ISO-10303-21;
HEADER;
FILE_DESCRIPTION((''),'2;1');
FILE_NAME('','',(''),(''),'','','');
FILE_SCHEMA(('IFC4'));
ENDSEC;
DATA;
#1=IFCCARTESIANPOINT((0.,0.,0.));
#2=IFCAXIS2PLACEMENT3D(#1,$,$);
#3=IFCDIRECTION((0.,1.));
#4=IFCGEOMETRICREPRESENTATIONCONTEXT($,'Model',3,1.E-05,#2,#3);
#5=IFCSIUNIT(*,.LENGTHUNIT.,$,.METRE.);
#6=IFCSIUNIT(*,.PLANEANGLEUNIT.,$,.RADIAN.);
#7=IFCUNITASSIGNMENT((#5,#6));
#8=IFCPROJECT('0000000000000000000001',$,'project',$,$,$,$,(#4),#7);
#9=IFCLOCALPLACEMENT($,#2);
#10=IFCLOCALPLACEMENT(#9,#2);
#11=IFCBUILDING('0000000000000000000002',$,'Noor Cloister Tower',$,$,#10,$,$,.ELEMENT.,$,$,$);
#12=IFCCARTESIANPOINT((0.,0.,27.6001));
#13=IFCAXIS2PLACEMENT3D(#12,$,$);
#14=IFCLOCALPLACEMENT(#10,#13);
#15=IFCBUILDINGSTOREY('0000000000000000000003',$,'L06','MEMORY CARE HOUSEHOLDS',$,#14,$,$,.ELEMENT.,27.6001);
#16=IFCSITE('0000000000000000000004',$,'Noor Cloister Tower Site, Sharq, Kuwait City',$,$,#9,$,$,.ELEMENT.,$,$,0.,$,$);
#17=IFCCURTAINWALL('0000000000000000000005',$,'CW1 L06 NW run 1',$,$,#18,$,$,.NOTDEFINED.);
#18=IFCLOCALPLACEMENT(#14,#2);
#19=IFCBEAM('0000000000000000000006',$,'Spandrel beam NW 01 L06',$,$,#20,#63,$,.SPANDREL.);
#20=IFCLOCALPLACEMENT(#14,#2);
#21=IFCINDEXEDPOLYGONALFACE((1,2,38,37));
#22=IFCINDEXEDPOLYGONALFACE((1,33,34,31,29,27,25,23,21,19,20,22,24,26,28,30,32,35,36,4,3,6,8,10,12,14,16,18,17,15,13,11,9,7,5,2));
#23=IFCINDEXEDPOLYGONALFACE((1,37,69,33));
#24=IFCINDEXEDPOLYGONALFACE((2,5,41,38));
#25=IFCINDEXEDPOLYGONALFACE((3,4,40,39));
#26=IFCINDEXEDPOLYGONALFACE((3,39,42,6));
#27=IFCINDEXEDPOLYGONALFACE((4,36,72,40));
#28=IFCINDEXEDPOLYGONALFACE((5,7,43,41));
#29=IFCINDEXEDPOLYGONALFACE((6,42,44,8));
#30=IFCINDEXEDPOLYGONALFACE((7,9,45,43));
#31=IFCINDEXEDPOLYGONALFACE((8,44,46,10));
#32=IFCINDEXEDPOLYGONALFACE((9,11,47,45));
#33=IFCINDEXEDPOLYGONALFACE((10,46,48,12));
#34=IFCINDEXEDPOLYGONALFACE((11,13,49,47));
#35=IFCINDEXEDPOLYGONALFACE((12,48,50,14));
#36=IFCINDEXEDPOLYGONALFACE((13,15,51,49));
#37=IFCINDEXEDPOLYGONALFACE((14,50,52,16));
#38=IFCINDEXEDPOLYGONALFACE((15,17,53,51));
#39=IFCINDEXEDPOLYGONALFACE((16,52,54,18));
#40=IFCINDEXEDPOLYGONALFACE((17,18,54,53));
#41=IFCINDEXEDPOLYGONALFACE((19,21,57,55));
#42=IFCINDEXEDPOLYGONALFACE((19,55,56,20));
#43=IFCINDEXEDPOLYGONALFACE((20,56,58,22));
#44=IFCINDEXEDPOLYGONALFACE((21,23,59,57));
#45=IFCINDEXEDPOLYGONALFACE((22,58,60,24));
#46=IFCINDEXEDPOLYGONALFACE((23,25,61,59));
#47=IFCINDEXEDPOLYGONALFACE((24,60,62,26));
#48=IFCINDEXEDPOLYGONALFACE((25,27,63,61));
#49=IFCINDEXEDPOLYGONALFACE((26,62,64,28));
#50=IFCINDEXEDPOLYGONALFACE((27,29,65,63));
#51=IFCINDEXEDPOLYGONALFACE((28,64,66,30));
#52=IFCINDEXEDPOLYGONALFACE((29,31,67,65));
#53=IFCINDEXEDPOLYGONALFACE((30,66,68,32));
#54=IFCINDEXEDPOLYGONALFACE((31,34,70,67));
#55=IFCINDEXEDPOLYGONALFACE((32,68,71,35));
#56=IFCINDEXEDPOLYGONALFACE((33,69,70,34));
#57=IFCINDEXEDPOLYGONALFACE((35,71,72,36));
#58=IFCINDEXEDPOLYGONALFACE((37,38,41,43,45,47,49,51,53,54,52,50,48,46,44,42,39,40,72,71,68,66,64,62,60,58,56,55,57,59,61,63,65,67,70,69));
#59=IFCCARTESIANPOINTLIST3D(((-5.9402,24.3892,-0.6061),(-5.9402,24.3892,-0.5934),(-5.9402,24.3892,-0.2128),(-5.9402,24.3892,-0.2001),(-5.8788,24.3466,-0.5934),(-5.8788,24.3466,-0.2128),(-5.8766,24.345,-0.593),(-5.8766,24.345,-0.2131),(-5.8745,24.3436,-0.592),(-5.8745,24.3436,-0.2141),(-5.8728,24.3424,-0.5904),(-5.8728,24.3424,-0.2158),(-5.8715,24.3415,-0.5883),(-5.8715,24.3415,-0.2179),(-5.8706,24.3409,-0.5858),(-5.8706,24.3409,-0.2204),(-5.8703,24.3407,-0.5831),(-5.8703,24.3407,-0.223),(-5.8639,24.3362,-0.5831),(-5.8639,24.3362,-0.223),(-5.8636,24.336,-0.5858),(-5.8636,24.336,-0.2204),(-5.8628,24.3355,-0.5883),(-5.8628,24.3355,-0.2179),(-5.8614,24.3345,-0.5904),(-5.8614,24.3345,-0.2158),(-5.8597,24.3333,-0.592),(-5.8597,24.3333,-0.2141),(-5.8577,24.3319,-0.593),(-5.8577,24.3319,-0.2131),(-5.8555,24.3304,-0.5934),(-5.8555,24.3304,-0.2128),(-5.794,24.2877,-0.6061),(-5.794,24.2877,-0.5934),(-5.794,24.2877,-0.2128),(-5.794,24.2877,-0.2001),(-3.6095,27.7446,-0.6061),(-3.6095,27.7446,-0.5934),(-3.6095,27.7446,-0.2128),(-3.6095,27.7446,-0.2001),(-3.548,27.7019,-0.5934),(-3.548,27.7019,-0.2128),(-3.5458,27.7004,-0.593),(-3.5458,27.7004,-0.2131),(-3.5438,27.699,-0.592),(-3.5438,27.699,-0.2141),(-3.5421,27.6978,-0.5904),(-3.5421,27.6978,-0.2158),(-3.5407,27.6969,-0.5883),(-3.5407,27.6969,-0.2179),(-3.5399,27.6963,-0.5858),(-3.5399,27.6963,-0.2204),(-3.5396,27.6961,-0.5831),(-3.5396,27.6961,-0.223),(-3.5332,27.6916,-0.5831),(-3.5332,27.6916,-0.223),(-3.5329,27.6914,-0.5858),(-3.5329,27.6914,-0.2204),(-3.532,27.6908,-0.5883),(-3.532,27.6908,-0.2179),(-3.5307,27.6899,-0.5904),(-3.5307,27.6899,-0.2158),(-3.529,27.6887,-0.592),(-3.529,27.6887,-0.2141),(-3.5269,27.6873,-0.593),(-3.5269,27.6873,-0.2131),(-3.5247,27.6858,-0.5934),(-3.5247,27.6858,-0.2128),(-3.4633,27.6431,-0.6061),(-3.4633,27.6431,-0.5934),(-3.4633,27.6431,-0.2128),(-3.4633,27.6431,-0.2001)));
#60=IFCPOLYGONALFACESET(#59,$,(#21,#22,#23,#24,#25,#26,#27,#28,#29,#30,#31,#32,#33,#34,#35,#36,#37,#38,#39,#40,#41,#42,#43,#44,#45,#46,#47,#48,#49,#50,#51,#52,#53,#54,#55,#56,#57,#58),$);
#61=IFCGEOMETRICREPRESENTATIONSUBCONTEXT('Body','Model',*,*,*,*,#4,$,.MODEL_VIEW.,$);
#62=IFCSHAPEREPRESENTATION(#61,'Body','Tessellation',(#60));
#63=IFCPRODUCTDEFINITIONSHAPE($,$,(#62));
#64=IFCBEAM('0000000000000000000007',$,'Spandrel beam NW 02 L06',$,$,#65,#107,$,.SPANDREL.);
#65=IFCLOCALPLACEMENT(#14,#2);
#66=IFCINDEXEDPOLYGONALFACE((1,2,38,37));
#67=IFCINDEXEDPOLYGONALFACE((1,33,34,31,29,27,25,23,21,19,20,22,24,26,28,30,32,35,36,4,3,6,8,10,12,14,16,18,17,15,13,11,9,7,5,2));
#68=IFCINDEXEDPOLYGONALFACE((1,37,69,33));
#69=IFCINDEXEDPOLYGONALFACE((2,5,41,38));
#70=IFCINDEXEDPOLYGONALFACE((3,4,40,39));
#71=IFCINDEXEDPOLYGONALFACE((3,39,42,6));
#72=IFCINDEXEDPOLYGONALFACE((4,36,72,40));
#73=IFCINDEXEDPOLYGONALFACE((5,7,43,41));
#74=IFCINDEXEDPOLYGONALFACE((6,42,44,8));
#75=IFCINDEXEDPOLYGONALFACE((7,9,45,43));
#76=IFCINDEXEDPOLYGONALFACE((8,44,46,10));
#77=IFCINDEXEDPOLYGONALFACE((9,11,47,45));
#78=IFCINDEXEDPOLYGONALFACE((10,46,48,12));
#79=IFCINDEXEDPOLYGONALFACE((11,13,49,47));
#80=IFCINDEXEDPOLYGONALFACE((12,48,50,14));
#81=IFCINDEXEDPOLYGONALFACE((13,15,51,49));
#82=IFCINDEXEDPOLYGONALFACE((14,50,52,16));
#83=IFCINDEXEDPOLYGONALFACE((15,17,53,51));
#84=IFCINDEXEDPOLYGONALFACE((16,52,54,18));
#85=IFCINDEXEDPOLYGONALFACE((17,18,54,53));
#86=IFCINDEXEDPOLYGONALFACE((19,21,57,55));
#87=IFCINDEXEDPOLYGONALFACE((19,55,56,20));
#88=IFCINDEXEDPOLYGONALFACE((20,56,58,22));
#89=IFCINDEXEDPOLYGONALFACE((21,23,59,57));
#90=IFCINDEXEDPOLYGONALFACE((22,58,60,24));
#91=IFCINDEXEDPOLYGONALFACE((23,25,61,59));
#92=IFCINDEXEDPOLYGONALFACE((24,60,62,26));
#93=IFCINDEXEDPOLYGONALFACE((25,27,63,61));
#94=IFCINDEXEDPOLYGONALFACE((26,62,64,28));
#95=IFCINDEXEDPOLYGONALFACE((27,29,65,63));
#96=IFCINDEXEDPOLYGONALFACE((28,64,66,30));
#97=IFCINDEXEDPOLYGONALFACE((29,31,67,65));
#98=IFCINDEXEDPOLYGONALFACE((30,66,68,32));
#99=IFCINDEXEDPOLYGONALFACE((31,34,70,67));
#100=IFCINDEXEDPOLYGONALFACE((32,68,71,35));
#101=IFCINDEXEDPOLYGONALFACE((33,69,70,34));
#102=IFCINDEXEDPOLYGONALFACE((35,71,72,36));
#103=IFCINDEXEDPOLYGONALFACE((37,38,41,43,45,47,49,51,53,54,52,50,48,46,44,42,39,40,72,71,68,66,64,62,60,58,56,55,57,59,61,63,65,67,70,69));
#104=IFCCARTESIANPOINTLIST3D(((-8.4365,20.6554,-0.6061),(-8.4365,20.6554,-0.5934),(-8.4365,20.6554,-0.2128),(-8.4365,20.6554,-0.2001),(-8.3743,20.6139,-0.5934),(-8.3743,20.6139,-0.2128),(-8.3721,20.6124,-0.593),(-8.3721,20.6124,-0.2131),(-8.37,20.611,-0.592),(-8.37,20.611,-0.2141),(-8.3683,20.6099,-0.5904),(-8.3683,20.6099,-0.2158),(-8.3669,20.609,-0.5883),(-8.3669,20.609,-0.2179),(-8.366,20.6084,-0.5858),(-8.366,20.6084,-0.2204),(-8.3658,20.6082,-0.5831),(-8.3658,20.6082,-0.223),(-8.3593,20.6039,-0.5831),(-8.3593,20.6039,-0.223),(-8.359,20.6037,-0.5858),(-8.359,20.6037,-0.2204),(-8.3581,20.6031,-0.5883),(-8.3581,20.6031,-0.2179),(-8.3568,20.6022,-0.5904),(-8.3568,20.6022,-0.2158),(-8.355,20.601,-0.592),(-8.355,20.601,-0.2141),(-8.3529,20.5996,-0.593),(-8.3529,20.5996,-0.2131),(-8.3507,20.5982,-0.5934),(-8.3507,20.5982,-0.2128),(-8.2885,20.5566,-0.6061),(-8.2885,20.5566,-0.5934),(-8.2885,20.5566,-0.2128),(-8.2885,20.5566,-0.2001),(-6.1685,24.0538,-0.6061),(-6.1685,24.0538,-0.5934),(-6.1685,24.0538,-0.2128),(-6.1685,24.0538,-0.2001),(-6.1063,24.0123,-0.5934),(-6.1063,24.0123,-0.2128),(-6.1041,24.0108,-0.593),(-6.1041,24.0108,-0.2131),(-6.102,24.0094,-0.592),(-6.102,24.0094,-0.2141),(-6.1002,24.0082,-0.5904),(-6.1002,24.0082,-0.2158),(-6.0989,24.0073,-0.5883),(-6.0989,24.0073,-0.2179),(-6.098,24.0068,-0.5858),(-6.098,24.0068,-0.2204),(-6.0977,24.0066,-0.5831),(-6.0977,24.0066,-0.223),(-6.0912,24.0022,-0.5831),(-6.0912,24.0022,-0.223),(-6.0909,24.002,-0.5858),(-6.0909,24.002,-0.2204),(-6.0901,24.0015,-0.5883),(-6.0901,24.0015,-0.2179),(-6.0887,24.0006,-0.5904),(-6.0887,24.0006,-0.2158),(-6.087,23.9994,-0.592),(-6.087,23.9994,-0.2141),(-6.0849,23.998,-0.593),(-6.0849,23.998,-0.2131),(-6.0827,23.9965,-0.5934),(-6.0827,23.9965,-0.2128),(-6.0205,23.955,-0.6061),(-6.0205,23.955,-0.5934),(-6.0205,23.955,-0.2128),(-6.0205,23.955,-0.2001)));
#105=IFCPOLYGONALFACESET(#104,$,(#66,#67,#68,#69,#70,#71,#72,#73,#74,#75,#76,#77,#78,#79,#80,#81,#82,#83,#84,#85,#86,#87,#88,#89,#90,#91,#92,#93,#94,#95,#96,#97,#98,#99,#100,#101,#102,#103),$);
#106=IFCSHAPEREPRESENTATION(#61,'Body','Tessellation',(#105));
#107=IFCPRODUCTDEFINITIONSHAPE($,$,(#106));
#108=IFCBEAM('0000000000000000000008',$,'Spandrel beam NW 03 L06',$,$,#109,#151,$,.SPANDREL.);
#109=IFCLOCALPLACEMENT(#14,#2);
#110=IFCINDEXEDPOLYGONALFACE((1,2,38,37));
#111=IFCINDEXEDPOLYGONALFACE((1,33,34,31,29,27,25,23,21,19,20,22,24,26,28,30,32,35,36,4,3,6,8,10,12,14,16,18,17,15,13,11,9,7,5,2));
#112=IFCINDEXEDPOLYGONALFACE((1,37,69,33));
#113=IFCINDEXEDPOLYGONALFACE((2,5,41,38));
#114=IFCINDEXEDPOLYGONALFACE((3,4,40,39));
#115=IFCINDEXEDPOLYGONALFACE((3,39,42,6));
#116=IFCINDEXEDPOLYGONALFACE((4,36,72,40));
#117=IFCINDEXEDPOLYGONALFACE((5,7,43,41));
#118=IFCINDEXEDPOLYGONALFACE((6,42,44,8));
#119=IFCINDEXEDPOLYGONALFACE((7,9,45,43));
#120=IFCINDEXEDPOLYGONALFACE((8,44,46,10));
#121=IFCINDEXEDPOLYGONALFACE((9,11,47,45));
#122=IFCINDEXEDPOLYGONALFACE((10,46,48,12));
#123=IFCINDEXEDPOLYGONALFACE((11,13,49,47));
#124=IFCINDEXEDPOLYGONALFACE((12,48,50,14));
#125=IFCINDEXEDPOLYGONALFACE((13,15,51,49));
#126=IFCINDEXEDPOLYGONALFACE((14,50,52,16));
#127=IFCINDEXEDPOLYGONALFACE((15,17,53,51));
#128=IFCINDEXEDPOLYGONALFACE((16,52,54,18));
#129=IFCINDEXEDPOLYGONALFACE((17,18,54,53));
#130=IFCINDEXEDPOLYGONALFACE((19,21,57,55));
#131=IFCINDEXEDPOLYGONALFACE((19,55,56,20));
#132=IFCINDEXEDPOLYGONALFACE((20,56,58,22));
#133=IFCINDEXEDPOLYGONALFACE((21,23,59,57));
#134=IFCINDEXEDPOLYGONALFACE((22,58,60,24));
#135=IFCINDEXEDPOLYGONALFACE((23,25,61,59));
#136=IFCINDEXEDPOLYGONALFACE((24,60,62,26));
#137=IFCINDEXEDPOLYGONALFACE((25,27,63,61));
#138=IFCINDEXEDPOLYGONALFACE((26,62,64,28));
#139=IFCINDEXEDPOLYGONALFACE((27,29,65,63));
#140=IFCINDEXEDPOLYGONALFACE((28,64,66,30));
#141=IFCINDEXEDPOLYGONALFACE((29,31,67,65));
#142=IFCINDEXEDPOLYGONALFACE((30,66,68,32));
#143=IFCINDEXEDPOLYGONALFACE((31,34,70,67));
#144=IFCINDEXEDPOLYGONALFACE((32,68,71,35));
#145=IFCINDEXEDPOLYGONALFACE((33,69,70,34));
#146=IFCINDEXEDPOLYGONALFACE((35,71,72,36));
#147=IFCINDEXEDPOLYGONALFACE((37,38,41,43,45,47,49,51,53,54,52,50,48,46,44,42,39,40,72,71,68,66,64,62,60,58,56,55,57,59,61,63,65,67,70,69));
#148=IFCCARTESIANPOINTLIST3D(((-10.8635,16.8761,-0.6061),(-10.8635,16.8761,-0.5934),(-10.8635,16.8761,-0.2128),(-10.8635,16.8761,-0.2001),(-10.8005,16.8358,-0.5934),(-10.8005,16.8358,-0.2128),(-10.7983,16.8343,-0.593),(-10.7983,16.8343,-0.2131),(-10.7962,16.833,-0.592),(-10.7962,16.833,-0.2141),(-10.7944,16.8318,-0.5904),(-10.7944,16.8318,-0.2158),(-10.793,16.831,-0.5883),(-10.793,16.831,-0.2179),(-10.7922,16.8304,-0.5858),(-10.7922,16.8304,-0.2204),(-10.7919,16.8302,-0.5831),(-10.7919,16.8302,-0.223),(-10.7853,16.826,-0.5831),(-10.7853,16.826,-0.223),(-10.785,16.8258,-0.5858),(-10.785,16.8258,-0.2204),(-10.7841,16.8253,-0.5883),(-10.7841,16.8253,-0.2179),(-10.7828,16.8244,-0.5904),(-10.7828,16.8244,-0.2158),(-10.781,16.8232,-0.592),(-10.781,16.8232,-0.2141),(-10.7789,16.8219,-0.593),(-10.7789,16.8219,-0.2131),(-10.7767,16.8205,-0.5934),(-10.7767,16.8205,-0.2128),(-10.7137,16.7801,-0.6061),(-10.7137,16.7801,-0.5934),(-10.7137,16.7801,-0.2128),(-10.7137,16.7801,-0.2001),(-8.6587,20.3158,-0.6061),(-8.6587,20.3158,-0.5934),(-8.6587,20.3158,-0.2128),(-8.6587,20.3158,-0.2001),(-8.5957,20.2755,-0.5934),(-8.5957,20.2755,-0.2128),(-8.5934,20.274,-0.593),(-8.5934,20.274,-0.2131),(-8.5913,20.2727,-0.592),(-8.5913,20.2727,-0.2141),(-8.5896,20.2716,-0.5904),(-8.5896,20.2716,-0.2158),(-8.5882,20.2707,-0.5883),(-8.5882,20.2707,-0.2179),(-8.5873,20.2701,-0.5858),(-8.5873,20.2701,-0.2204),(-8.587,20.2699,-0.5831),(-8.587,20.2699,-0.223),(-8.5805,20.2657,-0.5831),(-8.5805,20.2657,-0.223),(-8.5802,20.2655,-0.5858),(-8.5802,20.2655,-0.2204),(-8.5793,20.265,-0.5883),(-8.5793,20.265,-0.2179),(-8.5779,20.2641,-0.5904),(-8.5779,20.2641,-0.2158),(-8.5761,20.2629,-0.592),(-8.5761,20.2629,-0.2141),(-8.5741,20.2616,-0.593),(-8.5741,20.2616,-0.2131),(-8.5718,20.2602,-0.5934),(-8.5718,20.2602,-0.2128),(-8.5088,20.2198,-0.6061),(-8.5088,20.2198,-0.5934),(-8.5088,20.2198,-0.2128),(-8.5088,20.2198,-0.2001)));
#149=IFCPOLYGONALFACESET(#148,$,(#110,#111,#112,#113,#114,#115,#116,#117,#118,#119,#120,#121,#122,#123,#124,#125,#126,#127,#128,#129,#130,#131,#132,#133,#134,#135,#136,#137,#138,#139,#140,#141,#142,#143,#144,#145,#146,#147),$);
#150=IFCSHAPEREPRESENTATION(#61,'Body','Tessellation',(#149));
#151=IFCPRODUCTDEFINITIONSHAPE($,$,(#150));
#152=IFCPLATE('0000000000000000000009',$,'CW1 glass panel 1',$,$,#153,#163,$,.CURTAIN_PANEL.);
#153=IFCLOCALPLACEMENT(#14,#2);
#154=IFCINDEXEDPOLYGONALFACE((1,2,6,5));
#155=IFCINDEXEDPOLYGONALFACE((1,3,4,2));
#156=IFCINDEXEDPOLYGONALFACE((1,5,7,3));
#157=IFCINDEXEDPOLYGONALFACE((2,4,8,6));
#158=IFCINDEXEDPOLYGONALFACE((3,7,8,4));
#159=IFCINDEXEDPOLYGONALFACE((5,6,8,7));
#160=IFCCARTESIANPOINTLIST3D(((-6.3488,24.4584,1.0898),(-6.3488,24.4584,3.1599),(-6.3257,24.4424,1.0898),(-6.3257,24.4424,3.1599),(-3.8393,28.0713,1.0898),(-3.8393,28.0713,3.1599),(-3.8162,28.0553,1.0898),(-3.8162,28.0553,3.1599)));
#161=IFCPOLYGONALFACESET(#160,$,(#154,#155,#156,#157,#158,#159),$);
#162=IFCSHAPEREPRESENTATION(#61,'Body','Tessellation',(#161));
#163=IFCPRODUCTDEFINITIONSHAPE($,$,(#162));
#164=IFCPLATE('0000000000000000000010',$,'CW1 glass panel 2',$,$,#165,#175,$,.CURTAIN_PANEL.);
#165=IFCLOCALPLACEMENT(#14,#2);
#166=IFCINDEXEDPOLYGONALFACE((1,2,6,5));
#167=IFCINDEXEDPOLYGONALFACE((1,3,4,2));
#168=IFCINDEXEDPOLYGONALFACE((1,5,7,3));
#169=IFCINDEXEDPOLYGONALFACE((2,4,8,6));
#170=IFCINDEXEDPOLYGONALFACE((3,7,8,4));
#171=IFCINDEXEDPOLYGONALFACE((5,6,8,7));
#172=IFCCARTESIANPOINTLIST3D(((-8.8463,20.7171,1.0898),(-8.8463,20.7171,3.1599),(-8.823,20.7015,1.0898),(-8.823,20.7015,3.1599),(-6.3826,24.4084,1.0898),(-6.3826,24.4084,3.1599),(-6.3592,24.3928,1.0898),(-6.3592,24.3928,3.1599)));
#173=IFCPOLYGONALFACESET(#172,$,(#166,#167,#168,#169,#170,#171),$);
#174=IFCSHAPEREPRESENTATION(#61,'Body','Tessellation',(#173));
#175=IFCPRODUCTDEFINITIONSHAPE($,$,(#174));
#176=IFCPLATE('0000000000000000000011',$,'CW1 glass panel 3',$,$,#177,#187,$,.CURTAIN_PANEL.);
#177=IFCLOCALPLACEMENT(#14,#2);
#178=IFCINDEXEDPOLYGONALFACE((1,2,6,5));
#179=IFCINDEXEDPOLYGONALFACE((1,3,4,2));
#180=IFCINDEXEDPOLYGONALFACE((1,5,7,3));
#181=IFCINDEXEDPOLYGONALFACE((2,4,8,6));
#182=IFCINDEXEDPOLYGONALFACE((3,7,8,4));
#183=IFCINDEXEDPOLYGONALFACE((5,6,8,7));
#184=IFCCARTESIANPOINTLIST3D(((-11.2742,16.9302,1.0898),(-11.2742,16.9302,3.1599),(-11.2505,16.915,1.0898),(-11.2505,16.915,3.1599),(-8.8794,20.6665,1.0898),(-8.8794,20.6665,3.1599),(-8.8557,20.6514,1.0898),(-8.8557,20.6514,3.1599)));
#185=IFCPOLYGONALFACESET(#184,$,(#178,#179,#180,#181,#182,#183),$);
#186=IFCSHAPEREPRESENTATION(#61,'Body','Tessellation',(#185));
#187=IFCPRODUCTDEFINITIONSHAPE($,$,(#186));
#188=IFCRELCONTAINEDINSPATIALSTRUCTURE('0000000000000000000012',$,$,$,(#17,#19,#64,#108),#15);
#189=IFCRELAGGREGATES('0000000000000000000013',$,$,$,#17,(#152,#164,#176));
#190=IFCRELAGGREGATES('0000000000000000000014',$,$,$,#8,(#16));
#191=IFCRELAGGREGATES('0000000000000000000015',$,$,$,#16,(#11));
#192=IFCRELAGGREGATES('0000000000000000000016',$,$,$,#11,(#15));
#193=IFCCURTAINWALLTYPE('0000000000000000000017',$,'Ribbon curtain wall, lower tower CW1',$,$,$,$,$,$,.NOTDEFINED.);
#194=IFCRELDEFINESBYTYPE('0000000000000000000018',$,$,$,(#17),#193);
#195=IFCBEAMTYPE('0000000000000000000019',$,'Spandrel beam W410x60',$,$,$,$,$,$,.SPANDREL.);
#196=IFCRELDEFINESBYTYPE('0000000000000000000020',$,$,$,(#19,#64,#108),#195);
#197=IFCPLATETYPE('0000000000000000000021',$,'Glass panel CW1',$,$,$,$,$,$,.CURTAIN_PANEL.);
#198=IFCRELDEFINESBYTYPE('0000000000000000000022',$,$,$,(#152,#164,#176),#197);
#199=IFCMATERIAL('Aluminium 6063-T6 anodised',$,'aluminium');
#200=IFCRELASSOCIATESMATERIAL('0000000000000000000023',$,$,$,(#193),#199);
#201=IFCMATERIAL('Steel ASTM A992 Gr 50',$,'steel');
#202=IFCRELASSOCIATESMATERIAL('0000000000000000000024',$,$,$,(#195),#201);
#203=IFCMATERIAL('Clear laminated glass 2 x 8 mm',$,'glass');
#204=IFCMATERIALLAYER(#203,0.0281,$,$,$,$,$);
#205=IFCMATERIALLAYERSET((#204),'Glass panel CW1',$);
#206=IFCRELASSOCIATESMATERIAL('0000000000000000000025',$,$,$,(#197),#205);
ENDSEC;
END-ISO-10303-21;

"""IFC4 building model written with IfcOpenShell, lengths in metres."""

from ifc_helpers import new_model, si_unit, direction, frame, origin, origin_2d, place, context, subcontext, project, spatial, rectangle, i_section, extrude, material, layer, layer_set, material_profile, profile_set, type_object, element, aggregate, save


model = new_model("IFC4")

# Units and contexts
model_context = context("Model", 3, precision=1e-05, world=origin(), true_north=direction((0.0, 1.0)))
body_context = subcontext(model_context, "Body", "Model", "MODEL_VIEW")
ifc_project = project(units=[si_unit("LENGTHUNIT", "METRE"), si_unit("PLANEANGLEUNIT", "RADIAN")], contexts=[model_context])

# Site, building, storey
site_placement = place(None, origin())
site = spatial("IfcSite", under=ifc_project, at=site_placement, Name="Noor Cloister Tower Site, Sharq, Kuwait City", CompositionType="ELEMENT", RefElevation=0.0)
building_placement = place(site_placement, origin())
building = spatial("IfcBuilding", under=site, at=building_placement, Name="Noor Cloister Tower", CompositionType="ELEMENT")
storey_placement = place(building_placement, frame((0.0, 0.0, 27.6001)))
storey = spatial("IfcBuildingStorey", under=building, at=storey_placement, Name="L06", Description="MEMORY CARE HOUSEHOLDS", CompositionType="ELEMENT", Elevation=27.6001)

# Curtain wall
ifc_material_1 = material(Name="Aluminium 6063-T6 anodised", Category="aluminium")
curtain_wall_type = type_object("IfcCurtainWallType", Name="Ribbon curtain wall, lower tower CW1", PredefinedType="NOTDEFINED", material=ifc_material_1)
curtain_wall_placement = place(storey_placement, origin())
curtain_wall = element("IfcCurtainWall", 1, at=curtain_wall_placement, inside=storey, type_object=curtain_wall_type, Name="CW1 L06 NW run 1", PredefinedType="NOTDEFINED")

# Beams
ifc_material_2 = material(Name="Steel ASTM A992 Gr 50", Category="steel")
ifc_material_profile_1 = material_profile(ifc_material_2, i_section(OverallWidth=0.178, OverallDepth=0.406, WebThickness=0.0078, FlangeThickness=0.0127, FilletRadius=0.0103, at=origin_2d()), Name="W410x60")
ifc_profile_set_1 = profile_set([ifc_material_profile_1], Name="Steel ASTM A992 Gr 50")
beam_type_1 = type_object("IfcBeamType", Name="Spandrel beam W410x60", PredefinedType="SPANDREL", material=ifc_profile_set_1)
beam_1_placement = place(storey_placement, frame((-3.5364, 27.6938, -0.4031), z_axis=(-0.570499, -0.821298, 0.0), x_axis=(0.821298, -0.570499, 0.0)))
element("IfcBeam", 2, at=beam_1_placement, inside=storey, type_object=beam_type_1, Name="Spandrel beam NW 01 L06", PredefinedType="SPANDREL", context=body_context, shape_type="SweptSolid", body=[
    extrude(i_section(OverallWidth=0.178, OverallDepth=0.406, WebThickness=0.0078, FlangeThickness=0.0127, FilletRadius=0.0103, at=origin_2d()), origin(), (0.0, 0.0, 1.0), 4.0854),
])
for number, where, z_axis, x_axis, name in (
    (3, (-6.0945, 24.0044, -0.4031), (-0.555114, -0.831774, 0.0), (0.831774, -0.555114, 0.0), "Spandrel beam NW 02 L06"),
    (4, (-8.5837, 20.2678, -0.4031), (-0.539649, -0.84189, 0.0), (0.84189, -0.539649, 0.0), "Spandrel beam NW 03 L06"),
):
    element("IfcBeam", number, at=place(storey_placement, frame(where, z_axis=z_axis, x_axis=x_axis)), inside=storey, type_object=beam_type_1, Name=name, PredefinedType="SPANDREL", context=body_context, shape_type="SweptSolid", body=[
        extrude(i_section(OverallWidth=0.178, OverallDepth=0.406, WebThickness=0.0078, FlangeThickness=0.0127, FilletRadius=0.0103, at=origin_2d()), origin(), (0.0, 0.0, 1.0), 4.0857),
    ])

# Plates
ifc_material_3 = material(Name="Clear laminated glass 2 x 8 mm", Category="glass")
ifc_layer = layer(ifc_material_3, 0.0281)
ifc_layer_set = layer_set([ifc_layer], Name="Glass panel CW1")
plate_type = type_object("IfcPlateType", Name="Glass panel CW1", PredefinedType="CURTAIN_PANEL", material=ifc_layer_set)
plate_1_placement = place(storey_placement, frame((-5.0825, 26.2568, 1.0898), z_axis=(0.0, 0.0, 1.0), x_axis=(-0.570481, -0.821311, 0.0)))
plate_1 = element("IfcPlate", 5, at=plate_1_placement, type_object=plate_type, Name="CW1 glass panel 1", PredefinedType="CURTAIN_PANEL", context=body_context, shape_type="SweptSolid", body=[
    extrude(rectangle(XDim=4.3989, YDim=0.0281, at=origin_2d()), origin(), (0.0, 0.0, 1.0), 2.0701),
])
plate_2_placement = place(storey_placement, frame((-7.6028, 22.5549, 1.0898), z_axis=(0.0, 0.0, 1.0), x_axis=(-0.555145, -0.831754, 0.0)))
plate_2 = element("IfcPlate", 6, at=plate_2_placement, type_object=plate_type, Name="CW1 glass panel 2", PredefinedType="CURTAIN_PANEL", context=body_context, shape_type="SweptSolid", body=[
    extrude(rectangle(XDim=4.438, YDim=0.0281, at=origin_2d()), origin(), (0.0, 0.0, 1.0), 2.0701),
])
plate_3_placement = place(storey_placement, frame((-10.0649, 18.7908, 1.0898), z_axis=(0.0, 0.0, 1.0), x_axis=(-0.539618, -0.84191, 0.0)))
plate_3 = element("IfcPlate", 7, at=plate_3_placement, type_object=plate_type, Name="CW1 glass panel 3", PredefinedType="CURTAIN_PANEL", context=body_context, shape_type="SweptSolid", body=[
    extrude(rectangle(XDim=4.438, YDim=0.0281, at=origin_2d()), origin(), (0.0, 0.0, 1.0), 2.0701),
])
aggregate(curtain_wall, [plate_1, plate_2, plate_3])

save(model, "model.ifc")
